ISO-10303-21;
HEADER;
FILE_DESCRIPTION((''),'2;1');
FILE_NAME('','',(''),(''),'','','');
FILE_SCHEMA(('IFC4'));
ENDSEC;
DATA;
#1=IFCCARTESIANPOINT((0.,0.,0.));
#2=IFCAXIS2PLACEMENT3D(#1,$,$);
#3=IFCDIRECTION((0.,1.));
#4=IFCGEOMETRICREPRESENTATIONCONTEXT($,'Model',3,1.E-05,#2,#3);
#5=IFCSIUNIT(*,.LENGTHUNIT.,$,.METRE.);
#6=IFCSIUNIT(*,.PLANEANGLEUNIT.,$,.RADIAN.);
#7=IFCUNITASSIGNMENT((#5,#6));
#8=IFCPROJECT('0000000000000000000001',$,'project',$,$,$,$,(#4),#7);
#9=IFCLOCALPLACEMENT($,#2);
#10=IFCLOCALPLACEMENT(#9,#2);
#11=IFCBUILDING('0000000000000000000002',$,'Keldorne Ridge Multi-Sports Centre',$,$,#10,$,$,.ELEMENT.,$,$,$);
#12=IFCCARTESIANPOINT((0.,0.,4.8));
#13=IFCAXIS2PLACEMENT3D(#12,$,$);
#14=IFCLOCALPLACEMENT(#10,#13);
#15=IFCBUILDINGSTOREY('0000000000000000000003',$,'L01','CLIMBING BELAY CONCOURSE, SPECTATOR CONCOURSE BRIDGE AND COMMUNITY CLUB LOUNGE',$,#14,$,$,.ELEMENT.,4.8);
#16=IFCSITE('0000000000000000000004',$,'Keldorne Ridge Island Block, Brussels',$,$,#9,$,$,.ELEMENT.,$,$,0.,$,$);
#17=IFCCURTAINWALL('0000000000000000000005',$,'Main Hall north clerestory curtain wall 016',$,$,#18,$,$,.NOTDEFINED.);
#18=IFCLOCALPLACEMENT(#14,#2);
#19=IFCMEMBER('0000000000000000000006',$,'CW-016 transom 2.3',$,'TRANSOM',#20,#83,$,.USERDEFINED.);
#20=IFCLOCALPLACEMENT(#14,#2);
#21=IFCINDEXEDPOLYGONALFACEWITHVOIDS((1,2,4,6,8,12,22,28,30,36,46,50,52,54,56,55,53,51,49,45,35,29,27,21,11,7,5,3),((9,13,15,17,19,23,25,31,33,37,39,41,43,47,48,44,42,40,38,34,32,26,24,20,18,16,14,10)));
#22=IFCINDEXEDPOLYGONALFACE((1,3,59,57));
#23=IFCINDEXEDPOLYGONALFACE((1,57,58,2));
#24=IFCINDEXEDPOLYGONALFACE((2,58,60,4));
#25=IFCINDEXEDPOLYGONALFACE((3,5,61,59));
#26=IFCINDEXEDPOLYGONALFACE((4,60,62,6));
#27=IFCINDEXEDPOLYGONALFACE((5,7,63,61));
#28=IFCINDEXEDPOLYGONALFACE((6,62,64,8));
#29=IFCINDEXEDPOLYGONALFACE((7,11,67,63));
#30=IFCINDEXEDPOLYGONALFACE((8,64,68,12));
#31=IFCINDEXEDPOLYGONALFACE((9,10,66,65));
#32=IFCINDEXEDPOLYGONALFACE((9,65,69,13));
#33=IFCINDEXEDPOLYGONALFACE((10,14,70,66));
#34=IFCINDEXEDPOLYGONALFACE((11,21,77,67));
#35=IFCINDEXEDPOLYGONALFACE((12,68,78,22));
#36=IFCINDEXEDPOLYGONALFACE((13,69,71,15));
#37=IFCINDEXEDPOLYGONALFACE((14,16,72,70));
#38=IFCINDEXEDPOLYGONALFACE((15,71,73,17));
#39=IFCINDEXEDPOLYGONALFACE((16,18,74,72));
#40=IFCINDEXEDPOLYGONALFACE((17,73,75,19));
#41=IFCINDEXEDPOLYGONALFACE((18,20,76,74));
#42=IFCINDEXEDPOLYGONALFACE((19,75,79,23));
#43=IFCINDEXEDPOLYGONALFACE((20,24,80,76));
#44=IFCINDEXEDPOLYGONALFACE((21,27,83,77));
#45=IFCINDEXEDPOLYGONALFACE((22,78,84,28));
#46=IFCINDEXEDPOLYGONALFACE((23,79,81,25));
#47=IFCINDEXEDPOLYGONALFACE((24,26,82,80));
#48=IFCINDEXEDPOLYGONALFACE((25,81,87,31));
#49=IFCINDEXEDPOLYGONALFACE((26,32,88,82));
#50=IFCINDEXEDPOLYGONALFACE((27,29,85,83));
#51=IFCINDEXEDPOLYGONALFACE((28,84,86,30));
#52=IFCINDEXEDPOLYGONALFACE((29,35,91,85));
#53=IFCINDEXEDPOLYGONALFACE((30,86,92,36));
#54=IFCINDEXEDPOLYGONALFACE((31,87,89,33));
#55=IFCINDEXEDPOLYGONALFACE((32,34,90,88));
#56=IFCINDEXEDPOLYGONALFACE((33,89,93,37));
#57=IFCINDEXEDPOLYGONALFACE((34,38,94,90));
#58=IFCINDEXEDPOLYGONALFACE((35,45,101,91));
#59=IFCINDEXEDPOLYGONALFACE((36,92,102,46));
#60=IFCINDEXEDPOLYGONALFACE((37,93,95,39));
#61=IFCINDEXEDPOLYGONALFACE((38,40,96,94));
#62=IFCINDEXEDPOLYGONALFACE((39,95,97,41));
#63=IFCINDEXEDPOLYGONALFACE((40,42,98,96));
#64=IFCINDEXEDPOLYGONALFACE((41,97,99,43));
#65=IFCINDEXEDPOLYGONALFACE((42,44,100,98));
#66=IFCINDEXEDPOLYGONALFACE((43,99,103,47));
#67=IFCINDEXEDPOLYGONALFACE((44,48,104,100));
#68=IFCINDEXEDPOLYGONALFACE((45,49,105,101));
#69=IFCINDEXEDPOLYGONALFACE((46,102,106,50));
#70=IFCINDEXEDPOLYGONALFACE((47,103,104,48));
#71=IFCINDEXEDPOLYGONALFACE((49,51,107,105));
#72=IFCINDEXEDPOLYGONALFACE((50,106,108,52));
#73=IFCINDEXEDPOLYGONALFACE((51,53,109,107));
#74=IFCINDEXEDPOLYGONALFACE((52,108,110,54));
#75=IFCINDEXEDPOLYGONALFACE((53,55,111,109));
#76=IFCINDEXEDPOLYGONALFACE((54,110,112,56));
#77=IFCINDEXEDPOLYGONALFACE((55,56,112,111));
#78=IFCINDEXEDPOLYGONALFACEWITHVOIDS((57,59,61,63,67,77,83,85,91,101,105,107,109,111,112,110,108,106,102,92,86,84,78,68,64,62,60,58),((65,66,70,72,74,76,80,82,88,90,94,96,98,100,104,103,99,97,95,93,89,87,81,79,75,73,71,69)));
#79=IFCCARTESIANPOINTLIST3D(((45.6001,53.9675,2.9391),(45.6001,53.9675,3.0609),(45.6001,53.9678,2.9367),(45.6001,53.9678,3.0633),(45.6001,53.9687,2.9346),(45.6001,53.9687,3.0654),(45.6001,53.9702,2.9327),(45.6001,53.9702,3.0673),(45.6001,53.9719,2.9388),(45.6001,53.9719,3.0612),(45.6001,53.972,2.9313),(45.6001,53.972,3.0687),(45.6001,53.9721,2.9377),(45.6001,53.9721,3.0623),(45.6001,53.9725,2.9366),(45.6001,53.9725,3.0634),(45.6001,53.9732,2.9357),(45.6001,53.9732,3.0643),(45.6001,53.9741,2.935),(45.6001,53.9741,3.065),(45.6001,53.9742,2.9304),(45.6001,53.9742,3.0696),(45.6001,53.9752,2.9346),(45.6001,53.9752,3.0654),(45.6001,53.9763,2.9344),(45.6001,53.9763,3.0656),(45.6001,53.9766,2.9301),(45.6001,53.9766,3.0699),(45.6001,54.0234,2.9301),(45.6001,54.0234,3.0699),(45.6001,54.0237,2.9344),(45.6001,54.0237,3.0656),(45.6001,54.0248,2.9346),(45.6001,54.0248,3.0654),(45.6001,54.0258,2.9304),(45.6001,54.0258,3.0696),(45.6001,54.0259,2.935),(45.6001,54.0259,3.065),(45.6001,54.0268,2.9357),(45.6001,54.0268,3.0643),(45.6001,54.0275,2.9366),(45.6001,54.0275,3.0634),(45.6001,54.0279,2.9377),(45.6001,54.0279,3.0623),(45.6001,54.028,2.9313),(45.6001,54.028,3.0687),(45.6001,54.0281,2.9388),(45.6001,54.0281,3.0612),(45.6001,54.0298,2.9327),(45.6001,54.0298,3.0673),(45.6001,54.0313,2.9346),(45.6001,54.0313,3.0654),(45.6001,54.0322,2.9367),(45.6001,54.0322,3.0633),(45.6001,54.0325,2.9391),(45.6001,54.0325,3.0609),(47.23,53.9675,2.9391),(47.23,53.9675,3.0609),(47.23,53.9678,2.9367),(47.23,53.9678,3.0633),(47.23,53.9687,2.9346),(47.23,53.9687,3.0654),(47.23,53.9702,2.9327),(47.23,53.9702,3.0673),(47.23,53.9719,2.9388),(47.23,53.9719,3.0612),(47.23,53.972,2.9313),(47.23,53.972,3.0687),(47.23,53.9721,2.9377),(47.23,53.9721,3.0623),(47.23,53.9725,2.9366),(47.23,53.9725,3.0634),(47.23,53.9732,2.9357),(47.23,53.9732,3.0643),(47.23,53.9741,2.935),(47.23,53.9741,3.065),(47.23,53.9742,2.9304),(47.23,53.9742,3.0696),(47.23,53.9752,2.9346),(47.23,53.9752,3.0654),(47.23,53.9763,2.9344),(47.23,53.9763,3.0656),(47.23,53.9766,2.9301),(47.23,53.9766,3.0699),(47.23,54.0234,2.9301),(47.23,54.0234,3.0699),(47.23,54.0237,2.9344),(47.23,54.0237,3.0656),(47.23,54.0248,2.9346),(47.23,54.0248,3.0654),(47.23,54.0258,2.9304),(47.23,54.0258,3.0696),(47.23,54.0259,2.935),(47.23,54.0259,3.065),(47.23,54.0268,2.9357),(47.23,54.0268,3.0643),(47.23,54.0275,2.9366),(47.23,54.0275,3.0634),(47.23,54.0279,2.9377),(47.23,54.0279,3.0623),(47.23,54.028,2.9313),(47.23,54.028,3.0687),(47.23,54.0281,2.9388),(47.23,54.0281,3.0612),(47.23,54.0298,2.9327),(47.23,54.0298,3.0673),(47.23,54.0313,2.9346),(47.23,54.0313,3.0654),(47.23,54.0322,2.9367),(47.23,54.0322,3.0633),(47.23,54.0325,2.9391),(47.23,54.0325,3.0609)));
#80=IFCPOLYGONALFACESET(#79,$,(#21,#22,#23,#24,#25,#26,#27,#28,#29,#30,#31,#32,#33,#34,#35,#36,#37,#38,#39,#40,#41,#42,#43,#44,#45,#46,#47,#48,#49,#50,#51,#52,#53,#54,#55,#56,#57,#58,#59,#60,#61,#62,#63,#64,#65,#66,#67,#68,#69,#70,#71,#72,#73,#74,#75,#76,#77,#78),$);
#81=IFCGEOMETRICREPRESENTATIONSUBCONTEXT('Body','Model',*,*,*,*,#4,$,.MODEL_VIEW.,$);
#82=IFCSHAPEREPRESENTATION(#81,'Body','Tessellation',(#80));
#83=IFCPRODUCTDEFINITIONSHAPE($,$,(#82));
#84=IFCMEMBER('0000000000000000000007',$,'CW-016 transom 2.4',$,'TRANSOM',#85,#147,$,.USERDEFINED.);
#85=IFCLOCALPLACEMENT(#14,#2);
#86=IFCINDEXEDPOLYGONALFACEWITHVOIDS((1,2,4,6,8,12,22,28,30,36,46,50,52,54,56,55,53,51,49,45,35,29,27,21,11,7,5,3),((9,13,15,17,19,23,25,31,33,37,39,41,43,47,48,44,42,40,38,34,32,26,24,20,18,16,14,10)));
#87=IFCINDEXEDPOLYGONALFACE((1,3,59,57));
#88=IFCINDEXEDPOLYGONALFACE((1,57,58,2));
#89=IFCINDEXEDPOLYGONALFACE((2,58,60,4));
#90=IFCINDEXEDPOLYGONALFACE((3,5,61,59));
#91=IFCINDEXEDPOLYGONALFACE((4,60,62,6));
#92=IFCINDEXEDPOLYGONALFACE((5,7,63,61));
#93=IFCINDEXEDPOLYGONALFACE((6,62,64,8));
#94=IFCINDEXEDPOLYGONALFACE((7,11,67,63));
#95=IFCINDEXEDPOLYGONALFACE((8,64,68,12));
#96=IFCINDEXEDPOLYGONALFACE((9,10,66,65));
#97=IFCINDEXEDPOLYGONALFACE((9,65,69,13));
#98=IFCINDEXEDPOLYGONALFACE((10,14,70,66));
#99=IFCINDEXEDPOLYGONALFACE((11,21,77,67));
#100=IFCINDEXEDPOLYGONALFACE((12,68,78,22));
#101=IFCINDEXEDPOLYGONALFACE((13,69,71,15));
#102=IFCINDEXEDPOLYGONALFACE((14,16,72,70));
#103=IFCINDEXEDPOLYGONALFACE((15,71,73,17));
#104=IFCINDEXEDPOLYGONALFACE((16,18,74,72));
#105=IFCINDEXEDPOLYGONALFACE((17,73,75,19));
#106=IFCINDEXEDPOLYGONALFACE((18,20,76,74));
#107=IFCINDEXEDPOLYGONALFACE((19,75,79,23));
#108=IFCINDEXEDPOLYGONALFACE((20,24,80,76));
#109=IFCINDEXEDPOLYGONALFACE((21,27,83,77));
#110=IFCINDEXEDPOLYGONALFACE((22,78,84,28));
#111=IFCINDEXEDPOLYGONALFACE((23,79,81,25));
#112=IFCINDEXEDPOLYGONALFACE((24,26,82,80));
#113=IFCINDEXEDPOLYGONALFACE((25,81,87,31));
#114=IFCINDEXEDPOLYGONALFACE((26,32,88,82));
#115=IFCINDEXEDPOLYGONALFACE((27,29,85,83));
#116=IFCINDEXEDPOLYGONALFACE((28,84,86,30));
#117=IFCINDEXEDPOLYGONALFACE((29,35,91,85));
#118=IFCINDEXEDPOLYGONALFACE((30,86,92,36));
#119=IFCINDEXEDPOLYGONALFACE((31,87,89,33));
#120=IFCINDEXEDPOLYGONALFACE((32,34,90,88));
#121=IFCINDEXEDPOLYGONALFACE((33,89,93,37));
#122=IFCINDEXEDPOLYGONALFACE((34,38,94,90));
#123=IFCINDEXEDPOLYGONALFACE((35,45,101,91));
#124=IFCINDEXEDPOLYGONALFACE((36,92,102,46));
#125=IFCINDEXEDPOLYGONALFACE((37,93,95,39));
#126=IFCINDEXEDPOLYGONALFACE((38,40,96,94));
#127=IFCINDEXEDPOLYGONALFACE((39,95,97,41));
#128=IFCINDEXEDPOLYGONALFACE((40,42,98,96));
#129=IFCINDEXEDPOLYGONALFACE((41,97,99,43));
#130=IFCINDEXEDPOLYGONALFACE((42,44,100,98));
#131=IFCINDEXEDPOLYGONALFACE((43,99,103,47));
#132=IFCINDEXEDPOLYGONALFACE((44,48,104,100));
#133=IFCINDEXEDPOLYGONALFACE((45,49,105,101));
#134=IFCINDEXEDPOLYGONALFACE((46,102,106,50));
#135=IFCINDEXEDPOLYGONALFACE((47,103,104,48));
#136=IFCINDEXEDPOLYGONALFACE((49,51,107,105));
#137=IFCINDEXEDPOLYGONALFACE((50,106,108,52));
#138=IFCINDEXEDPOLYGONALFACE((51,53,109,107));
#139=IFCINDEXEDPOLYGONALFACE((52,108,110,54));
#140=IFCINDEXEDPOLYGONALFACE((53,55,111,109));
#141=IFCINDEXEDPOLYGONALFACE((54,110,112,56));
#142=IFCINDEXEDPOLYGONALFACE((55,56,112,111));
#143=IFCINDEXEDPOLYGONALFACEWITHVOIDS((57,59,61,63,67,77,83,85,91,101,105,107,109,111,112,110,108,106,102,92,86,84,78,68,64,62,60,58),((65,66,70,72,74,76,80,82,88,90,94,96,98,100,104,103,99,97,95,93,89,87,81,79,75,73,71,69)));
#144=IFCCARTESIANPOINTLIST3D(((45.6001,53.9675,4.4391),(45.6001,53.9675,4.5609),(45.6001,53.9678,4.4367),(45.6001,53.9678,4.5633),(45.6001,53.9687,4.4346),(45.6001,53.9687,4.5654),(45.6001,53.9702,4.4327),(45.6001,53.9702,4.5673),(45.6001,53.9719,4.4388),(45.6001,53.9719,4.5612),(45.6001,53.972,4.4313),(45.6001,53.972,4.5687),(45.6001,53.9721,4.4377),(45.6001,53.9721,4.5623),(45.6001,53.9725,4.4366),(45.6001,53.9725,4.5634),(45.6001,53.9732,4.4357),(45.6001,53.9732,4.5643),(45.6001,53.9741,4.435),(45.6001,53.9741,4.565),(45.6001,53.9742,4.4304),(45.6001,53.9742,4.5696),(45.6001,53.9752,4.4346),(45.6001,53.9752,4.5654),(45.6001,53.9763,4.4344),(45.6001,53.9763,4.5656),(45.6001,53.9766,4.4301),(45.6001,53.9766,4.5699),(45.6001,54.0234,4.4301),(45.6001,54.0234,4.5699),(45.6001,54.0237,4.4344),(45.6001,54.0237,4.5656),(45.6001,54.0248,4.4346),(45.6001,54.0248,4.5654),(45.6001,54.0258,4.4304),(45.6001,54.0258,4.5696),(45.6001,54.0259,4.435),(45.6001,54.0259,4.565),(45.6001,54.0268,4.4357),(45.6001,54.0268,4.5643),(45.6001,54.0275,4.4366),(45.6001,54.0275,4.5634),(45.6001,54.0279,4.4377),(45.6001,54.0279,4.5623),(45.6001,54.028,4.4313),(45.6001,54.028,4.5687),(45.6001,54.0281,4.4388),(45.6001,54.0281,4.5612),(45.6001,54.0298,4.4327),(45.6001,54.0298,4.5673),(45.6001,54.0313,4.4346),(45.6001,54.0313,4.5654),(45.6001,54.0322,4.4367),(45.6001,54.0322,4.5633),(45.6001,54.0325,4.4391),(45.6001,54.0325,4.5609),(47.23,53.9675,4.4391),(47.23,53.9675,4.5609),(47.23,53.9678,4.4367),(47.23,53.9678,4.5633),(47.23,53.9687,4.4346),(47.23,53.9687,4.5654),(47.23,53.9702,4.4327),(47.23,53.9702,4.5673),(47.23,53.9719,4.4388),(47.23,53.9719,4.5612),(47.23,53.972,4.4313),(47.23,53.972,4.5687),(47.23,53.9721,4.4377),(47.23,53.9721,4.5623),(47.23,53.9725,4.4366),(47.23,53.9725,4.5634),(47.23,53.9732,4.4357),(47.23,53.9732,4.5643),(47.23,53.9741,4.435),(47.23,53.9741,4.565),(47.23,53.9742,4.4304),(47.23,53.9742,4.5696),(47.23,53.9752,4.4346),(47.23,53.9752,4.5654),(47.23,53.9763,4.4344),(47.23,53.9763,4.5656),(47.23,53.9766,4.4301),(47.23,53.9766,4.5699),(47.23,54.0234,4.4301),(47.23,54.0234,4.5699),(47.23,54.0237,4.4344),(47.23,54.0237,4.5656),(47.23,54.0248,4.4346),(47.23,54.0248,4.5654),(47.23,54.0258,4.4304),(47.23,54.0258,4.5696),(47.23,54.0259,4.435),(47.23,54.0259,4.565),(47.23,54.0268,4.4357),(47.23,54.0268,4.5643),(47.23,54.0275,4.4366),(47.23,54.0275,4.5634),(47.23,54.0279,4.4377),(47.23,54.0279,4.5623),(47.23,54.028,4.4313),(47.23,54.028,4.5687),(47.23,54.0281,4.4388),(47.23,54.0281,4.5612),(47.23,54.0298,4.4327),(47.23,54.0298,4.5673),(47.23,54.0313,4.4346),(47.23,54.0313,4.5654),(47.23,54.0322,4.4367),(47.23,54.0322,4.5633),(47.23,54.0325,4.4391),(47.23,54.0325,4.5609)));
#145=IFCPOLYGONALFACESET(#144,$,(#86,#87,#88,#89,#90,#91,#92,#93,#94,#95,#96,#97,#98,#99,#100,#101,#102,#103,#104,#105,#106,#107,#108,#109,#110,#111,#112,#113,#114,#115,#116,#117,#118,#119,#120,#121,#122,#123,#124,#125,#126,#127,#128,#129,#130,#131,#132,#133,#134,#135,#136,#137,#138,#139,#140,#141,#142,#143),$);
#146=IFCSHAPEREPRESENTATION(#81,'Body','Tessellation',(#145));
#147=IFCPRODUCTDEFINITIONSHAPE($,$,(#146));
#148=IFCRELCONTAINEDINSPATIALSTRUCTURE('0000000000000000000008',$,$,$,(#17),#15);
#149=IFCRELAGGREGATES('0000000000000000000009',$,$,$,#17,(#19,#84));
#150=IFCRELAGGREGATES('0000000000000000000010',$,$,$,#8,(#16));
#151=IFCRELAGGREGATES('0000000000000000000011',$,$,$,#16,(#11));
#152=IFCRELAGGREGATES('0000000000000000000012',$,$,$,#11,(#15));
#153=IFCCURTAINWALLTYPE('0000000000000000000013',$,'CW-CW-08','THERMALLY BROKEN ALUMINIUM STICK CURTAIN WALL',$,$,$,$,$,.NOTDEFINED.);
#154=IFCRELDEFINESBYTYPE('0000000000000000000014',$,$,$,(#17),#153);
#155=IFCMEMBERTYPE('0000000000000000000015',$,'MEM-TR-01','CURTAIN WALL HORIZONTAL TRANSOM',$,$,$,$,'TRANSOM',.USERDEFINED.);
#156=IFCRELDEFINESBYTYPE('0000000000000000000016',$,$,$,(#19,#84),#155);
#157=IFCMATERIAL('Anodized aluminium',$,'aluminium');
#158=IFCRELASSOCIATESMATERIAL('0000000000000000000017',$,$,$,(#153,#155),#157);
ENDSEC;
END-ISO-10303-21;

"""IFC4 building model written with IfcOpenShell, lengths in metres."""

from ifc_helpers import new_model, si_unit, direction, frame, origin, origin_2d, place, context, subcontext, project, spatial, hollow_rectangle, extrude, material, material_profile, profile_set, type_object, element, aggregate, save


model = new_model("IFC4")

# Units and contexts
model_context = context("Model", 3, precision=1e-05, world=origin(), true_north=direction((0.0, 1.0)))
body_context = subcontext(model_context, "Body", "Model", "MODEL_VIEW")
ifc_project = project(units=[si_unit("LENGTHUNIT", "METRE"), si_unit("PLANEANGLEUNIT", "RADIAN")], contexts=[model_context])

# Site, building, storey
site_placement = place(None, origin())
site = spatial("IfcSite", under=ifc_project, at=site_placement, Name="Keldorne Ridge Island Block, Brussels", CompositionType="ELEMENT", RefElevation=0.0)
building_placement = place(site_placement, origin())
building = spatial("IfcBuilding", under=site, at=building_placement, Name="Keldorne Ridge Multi-Sports Centre", CompositionType="ELEMENT")
storey_placement = place(building_placement, frame((0.0, 0.0, 4.8)))
storey = spatial("IfcBuildingStorey", under=building, at=storey_placement, Name="L01", Description="CLIMBING BELAY CONCOURSE, SPECTATOR CONCOURSE BRIDGE AND COMMUNITY CLUB LOUNGE", CompositionType="ELEMENT", Elevation=4.8)

# Curtain wall
ifc_material_1 = material(Name="Anodized aluminium", Category="aluminium")
curtain_wall_type_1 = type_object("IfcCurtainWallType", Name="CW-CW-08", Description="THERMALLY BROKEN ALUMINIUM STICK CURTAIN WALL", PredefinedType="NOTDEFINED", material=ifc_material_1)
curtain_wall_1_placement = place(storey_placement, origin())
curtain_wall_1 = element("IfcCurtainWall", 1, at=curtain_wall_1_placement, inside=storey, type_object=curtain_wall_type_1, Name="Main Hall north clerestory curtain wall 016", PredefinedType="NOTDEFINED")

# Members
ifc_material_profile_1 = material_profile(ifc_material_1, hollow_rectangle(XDim=0.0649, YDim=0.1399, WallThickness=0.0044, InnerFilletRadius=0.0044, OuterFilletRadius=0.009, at=origin_2d()), Name="ALU TRANSOM 140x65x4.5")
ifc_profile_set_1 = profile_set([ifc_material_profile_1], Name="Anodized aluminium")
member_type_1 = type_object("IfcMemberType", Name="MEM-TR-01", Description="CURTAIN WALL HORIZONTAL TRANSOM", ElementType="TRANSOM", PredefinedType="USERDEFINED", material=ifc_profile_set_1)
member_1_placement = place(storey_placement, frame((47.23, 54.0, 3.0), z_axis=(-1.0, 0.0, 0.0), x_axis=(0.0, -1.0, 0.0)))
member_1 = element("IfcMember", 2, at=member_1_placement, type_object=member_type_1, Name="CW-016 transom 2.3", ObjectType="TRANSOM", PredefinedType="USERDEFINED", context=body_context, shape_type="SweptSolid", body=[
    extrude(hollow_rectangle(XDim=0.0649, YDim=0.1399, WallThickness=0.0044, InnerFilletRadius=0.0044, OuterFilletRadius=0.009, at=origin_2d()), origin(), (0.0, 0.0, 1.0), 1.6299),
])
member_2_placement = place(storey_placement, frame((47.23, 54.0, 4.5), z_axis=(-1.0, 0.0, 0.0), x_axis=(0.0, -1.0, 0.0)))
member_2 = element("IfcMember", 3, at=member_2_placement, type_object=member_type_1, Name="CW-016 transom 2.4", ObjectType="TRANSOM", PredefinedType="USERDEFINED", context=body_context, shape_type="SweptSolid", body=[
    extrude(hollow_rectangle(XDim=0.0649, YDim=0.1399, WallThickness=0.0044, InnerFilletRadius=0.0044, OuterFilletRadius=0.009, at=origin_2d()), origin(), (0.0, 0.0, 1.0), 1.6299),
])

aggregate(curtain_wall_1, [member_1, member_2])

save(model, "model.ifc")
